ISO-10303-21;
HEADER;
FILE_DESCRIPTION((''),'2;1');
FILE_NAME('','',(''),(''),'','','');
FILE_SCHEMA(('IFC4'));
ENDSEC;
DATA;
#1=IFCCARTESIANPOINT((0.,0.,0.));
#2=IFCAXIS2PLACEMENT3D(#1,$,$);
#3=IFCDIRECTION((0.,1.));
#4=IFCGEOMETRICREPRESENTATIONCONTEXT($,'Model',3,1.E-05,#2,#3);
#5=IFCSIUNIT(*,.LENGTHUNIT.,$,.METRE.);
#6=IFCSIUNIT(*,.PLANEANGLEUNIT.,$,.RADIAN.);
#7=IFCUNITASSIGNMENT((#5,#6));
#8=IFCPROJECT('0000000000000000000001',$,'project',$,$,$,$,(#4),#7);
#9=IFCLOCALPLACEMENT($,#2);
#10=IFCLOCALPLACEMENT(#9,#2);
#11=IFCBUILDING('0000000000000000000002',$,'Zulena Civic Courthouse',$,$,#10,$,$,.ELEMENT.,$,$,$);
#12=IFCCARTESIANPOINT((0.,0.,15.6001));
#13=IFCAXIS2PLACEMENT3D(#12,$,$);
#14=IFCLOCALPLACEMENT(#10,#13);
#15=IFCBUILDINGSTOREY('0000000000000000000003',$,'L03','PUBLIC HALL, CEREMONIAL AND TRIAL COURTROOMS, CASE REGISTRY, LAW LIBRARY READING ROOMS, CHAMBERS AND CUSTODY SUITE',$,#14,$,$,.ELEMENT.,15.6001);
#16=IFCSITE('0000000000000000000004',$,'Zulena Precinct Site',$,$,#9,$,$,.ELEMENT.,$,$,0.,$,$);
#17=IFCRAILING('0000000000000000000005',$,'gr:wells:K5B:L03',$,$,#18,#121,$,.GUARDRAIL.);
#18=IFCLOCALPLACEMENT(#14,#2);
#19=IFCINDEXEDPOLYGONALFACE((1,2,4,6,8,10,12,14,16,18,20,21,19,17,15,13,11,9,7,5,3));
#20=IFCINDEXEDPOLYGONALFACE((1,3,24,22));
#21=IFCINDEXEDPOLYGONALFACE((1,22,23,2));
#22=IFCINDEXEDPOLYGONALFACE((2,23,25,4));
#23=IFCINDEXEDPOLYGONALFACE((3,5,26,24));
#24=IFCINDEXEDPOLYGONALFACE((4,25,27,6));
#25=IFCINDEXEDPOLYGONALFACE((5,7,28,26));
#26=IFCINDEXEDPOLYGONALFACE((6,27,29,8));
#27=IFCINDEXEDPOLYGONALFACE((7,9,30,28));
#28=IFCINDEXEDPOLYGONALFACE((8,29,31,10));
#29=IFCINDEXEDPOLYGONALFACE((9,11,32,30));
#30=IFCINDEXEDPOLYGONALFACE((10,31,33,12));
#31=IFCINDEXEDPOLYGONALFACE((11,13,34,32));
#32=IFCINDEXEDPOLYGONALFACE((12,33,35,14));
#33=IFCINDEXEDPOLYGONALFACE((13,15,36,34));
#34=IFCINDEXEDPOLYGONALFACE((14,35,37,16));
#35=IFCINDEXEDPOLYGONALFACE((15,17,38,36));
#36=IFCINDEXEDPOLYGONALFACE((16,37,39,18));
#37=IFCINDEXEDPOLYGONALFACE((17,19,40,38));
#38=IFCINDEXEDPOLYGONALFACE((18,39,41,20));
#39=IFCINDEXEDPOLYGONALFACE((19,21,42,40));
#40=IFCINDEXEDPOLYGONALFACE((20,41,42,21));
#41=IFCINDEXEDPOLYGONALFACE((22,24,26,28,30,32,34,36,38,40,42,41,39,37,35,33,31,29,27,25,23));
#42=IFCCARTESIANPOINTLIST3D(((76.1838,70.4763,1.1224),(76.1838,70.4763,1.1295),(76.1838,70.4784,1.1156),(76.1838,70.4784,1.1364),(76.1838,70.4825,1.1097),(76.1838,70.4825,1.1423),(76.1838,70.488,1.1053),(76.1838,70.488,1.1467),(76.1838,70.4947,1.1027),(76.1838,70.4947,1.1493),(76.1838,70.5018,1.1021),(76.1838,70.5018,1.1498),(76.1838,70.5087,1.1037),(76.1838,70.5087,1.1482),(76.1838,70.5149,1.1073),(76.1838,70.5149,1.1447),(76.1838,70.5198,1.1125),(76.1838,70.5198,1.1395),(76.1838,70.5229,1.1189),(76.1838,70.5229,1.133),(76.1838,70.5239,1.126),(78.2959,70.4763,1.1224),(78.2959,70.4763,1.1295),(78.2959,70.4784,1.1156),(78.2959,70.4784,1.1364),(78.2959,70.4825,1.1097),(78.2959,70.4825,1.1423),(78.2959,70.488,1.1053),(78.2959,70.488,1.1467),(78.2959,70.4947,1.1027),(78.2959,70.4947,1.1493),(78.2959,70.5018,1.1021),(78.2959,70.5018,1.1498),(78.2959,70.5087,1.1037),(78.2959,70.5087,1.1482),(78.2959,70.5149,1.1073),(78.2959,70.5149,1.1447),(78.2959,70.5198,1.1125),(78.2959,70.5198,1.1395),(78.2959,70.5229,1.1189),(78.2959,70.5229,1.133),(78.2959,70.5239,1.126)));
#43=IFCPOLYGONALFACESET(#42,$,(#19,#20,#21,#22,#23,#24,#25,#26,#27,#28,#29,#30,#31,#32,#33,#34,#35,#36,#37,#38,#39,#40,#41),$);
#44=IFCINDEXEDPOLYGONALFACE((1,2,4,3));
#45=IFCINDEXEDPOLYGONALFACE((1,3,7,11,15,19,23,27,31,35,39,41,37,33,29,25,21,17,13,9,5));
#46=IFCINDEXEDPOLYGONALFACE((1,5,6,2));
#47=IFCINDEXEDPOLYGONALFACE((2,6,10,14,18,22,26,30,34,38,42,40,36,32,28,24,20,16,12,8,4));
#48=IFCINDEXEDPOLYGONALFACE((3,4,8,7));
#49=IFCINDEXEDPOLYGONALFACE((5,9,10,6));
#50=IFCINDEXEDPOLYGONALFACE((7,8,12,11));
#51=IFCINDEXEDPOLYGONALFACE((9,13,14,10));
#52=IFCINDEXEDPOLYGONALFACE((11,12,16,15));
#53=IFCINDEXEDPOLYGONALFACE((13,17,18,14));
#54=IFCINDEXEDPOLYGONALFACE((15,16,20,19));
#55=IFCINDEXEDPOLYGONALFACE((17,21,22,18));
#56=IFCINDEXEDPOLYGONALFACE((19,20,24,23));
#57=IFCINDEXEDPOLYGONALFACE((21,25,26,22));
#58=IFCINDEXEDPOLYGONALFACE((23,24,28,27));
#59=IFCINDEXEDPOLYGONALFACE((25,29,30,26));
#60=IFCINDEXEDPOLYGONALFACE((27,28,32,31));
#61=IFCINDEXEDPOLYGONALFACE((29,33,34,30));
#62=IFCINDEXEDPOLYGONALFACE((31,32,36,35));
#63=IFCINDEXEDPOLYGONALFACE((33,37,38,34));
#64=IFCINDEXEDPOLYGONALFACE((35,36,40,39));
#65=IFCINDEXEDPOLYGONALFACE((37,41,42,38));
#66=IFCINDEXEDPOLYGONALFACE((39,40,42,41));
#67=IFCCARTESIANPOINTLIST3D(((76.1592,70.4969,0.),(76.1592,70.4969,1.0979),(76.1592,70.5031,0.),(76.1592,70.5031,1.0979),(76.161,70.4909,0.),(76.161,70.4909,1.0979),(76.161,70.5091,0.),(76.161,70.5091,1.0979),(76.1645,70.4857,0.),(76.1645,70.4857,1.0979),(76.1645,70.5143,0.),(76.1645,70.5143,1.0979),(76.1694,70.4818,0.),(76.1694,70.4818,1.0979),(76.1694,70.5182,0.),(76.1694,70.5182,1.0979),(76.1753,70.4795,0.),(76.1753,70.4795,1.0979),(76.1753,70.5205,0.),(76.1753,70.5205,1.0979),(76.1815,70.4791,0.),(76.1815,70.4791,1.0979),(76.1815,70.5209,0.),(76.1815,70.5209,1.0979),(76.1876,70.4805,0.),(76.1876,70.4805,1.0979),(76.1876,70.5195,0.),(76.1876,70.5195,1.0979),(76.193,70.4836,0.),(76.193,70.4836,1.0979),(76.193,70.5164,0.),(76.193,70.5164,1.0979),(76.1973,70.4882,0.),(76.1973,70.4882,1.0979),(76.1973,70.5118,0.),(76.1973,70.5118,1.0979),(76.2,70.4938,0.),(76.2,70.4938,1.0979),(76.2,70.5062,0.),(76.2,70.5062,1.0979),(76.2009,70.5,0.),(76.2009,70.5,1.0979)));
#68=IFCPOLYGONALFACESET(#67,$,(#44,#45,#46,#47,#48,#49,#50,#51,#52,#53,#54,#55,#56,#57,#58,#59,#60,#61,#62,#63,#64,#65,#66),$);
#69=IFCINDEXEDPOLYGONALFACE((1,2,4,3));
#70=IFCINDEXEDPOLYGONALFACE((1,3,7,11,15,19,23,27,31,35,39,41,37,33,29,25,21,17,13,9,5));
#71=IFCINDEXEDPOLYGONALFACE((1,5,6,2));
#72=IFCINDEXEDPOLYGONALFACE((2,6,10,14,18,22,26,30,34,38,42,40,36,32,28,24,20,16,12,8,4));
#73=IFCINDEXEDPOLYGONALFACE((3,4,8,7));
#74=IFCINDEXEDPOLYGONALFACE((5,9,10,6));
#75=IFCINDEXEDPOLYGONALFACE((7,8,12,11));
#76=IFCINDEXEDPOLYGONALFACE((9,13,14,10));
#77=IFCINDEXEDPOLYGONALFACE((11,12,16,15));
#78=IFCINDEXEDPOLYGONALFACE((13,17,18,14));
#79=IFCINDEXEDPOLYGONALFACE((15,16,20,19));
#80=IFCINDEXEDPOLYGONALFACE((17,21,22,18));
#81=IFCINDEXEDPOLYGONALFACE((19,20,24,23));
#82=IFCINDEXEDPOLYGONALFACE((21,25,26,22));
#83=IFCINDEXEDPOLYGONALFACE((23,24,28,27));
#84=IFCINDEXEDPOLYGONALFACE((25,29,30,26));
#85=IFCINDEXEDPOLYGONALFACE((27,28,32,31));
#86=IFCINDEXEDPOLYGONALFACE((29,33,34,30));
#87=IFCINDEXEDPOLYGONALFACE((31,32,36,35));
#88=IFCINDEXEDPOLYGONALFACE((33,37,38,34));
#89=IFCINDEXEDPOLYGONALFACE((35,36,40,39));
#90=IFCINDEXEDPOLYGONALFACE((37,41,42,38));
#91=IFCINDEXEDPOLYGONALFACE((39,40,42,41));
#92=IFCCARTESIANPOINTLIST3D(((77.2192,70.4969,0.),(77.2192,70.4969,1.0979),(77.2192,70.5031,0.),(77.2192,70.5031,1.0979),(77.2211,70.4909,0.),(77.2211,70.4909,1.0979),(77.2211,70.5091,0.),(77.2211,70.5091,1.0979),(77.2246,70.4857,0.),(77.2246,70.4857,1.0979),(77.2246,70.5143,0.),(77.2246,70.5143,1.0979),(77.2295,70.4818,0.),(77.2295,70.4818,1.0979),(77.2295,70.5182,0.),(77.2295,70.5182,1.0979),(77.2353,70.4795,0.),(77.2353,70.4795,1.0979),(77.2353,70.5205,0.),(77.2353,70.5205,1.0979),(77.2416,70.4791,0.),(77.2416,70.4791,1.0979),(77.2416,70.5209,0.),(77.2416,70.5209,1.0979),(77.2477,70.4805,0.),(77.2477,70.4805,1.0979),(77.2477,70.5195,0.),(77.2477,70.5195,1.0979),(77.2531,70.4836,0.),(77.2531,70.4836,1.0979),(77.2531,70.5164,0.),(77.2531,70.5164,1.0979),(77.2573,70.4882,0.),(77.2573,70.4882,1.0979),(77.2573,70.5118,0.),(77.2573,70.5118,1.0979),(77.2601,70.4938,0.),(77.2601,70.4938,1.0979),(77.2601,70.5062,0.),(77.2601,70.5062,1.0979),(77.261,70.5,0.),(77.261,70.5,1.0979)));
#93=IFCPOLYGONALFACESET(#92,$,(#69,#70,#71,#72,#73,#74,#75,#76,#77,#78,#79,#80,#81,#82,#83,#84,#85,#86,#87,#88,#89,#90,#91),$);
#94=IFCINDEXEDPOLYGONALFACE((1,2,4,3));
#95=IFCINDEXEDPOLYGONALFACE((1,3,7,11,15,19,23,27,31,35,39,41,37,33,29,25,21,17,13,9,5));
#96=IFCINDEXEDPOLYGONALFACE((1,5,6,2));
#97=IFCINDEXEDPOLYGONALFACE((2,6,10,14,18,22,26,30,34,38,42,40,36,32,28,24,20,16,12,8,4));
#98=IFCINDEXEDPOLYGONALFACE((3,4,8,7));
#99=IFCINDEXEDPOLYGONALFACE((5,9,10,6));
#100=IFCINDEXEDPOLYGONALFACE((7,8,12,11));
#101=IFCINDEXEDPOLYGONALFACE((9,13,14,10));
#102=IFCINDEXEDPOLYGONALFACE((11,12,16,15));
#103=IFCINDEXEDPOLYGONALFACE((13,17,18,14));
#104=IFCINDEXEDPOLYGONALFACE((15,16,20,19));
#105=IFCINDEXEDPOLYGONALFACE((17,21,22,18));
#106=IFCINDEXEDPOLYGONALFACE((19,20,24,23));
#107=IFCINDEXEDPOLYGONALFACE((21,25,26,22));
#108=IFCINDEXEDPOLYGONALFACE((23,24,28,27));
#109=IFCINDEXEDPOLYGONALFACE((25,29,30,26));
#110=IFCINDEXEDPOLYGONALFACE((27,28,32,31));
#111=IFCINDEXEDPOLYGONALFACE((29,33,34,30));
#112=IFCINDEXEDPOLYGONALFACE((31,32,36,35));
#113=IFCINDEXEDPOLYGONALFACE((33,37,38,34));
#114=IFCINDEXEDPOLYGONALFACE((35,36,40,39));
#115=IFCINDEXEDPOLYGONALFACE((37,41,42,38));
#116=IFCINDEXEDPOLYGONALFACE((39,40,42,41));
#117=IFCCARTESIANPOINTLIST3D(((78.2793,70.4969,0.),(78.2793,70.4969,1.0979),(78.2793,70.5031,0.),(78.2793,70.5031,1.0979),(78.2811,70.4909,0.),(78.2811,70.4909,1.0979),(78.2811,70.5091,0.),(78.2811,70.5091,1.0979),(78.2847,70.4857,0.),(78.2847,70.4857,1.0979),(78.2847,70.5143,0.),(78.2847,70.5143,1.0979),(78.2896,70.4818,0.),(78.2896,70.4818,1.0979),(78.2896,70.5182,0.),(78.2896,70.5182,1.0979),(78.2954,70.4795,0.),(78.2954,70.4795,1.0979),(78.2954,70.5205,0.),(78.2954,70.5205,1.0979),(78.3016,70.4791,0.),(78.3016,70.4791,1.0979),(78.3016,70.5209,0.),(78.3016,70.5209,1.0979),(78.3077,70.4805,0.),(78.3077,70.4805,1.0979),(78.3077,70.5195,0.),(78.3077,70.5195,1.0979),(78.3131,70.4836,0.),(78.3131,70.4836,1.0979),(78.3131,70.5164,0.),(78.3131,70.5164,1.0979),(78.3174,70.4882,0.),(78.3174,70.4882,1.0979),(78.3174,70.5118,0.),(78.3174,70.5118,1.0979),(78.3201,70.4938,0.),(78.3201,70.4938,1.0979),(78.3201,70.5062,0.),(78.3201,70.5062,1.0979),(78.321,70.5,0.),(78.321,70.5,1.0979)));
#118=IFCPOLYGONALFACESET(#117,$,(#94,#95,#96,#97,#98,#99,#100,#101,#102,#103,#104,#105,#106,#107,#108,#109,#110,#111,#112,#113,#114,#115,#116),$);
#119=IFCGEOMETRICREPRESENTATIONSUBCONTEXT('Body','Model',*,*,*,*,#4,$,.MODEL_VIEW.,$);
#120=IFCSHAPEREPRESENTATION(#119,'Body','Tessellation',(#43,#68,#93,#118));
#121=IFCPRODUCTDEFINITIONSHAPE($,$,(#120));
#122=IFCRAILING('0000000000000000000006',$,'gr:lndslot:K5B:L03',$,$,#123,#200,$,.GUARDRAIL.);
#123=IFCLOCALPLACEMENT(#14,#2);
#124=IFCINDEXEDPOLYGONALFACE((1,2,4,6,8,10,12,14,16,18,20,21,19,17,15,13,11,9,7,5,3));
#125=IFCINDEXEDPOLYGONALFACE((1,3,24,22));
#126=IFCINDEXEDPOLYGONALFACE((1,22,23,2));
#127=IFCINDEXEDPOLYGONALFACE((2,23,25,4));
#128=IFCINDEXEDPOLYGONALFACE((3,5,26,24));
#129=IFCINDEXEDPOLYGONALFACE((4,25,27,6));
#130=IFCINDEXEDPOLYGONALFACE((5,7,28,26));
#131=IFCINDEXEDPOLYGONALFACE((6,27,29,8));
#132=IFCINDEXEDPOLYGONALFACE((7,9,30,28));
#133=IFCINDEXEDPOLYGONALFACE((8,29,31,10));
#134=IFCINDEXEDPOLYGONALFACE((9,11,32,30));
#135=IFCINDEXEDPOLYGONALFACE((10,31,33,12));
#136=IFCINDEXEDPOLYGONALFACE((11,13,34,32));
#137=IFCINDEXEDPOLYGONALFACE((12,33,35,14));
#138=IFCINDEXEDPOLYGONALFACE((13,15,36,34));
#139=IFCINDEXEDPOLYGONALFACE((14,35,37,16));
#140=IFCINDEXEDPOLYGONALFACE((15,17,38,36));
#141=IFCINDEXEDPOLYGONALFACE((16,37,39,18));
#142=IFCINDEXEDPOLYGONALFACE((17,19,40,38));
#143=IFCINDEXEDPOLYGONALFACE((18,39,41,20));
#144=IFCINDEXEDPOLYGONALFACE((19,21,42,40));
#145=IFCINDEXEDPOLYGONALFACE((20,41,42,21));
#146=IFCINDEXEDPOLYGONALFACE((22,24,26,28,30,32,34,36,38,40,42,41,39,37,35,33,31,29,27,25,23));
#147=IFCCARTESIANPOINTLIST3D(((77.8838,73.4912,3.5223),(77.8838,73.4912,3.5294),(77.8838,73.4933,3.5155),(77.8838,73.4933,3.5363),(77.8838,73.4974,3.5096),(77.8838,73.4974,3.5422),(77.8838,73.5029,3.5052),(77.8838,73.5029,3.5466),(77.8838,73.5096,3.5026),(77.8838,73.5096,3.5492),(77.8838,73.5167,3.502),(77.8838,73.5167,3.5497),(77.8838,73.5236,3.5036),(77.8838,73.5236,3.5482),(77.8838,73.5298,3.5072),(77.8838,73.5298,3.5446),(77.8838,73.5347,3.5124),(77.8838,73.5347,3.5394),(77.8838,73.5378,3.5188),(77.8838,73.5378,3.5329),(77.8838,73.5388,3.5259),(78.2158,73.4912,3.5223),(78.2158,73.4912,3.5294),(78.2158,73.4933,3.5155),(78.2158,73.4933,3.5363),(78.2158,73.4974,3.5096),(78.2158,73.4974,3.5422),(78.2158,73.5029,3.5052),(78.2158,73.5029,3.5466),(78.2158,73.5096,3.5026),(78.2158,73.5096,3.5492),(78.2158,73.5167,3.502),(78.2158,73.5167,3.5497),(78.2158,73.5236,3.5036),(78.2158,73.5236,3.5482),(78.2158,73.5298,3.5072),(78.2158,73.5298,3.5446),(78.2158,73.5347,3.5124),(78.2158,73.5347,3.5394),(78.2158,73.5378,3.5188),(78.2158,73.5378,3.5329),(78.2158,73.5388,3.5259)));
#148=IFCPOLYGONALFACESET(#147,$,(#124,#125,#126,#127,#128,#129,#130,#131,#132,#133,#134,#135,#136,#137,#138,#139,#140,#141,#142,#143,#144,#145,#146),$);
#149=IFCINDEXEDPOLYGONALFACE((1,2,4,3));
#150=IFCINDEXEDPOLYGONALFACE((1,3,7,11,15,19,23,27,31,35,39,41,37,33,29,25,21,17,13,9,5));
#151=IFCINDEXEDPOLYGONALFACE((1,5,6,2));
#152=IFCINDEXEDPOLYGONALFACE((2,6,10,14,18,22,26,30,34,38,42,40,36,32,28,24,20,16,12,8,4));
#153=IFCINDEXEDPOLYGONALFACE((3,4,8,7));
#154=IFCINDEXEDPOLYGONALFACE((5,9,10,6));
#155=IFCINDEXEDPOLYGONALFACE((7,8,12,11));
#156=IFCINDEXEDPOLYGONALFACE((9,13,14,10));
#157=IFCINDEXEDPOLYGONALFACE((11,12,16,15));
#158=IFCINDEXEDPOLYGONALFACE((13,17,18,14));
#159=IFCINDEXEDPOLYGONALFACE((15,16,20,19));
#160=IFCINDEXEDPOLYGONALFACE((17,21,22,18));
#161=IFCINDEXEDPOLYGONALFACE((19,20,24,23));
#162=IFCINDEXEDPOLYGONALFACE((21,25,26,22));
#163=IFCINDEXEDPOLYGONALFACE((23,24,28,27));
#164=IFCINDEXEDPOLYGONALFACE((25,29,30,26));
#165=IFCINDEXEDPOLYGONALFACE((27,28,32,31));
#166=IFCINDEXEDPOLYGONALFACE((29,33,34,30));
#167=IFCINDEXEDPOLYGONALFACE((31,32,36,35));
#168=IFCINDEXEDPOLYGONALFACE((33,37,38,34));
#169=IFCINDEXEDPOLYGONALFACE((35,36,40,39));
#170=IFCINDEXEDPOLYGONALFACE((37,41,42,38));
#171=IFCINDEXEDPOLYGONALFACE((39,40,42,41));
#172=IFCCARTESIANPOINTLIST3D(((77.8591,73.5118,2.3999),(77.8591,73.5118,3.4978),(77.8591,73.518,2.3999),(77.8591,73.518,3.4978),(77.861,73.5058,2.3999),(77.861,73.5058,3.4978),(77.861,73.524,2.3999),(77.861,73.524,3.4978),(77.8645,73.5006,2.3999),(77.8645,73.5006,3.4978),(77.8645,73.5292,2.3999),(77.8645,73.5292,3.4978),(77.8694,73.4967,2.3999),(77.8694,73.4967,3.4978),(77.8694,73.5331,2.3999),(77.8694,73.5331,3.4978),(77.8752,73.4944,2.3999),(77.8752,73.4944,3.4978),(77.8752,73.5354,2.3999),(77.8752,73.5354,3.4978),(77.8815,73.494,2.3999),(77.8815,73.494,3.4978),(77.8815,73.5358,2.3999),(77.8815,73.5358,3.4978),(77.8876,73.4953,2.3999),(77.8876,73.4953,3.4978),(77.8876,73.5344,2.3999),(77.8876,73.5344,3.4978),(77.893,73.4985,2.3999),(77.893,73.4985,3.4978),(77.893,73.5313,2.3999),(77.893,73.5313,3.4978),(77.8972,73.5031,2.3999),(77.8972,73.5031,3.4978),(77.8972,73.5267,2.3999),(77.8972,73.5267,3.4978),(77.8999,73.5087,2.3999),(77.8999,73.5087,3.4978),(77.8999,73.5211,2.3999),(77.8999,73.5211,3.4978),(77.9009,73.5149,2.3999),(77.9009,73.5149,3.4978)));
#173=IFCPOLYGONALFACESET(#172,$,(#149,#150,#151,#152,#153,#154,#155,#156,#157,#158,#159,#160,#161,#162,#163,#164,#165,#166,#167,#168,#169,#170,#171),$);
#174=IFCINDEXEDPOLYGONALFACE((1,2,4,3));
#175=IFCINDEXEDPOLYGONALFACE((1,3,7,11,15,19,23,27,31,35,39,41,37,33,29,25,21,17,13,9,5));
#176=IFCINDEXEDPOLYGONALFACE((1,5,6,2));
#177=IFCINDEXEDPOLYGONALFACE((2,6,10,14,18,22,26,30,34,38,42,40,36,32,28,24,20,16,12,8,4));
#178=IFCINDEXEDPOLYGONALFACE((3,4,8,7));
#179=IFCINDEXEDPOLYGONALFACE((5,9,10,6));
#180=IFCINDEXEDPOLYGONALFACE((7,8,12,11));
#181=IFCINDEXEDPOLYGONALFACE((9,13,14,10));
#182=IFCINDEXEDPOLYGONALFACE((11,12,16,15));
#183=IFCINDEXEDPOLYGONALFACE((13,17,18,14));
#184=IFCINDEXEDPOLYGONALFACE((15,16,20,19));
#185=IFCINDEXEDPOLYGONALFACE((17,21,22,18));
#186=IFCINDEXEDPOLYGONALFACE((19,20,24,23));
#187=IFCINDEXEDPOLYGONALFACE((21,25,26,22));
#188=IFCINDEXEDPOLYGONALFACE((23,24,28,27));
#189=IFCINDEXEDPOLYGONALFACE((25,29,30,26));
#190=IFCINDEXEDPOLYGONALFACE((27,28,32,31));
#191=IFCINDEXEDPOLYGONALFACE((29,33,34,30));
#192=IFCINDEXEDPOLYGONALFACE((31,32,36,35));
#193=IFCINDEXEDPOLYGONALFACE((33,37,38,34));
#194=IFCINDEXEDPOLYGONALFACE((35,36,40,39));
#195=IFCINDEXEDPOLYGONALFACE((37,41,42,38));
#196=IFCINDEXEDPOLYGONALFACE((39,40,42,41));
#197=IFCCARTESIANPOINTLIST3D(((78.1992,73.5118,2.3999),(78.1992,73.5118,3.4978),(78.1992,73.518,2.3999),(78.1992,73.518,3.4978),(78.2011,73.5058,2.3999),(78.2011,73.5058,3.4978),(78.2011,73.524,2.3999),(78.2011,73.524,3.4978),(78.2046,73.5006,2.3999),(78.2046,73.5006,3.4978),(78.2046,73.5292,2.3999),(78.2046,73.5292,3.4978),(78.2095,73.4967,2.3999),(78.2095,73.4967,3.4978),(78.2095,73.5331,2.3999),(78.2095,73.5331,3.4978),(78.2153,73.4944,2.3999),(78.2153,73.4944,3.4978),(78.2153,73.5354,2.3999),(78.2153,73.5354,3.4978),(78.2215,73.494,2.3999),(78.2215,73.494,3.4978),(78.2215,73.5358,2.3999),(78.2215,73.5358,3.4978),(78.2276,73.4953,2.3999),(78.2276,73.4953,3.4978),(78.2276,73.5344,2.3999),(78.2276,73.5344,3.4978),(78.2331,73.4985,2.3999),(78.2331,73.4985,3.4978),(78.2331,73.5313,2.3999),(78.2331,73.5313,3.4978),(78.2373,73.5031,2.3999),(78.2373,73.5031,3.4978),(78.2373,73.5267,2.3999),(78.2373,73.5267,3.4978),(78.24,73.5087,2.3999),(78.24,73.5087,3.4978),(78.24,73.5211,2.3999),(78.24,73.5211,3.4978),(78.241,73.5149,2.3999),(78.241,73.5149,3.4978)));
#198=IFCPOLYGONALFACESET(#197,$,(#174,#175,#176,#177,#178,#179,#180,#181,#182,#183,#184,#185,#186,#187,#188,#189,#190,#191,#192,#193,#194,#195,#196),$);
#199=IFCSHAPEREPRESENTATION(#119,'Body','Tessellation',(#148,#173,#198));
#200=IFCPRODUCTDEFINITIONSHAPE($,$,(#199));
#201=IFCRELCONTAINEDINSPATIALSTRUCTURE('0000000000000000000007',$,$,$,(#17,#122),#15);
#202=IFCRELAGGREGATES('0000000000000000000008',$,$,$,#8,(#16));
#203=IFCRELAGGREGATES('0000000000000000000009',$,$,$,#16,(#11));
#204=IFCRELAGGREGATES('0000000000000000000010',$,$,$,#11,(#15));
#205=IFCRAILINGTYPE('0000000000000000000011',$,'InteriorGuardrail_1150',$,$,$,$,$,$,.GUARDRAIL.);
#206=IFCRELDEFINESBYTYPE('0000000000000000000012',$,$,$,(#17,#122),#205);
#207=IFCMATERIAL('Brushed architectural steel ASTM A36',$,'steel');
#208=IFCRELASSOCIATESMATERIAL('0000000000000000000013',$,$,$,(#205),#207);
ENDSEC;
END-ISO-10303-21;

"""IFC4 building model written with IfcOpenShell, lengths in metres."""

from ifc_helpers import new_model, si_unit, direction, frame, origin, origin_2d, place, context, subcontext, project, spatial, circle, extrude, material, type_object, element, save


model = new_model("IFC4")

# Units and contexts
model_context = context("Model", 3, precision=1e-05, world=origin(), true_north=direction((0.0, 1.0)))
body_context = subcontext(model_context, "Body", "Model", "MODEL_VIEW")
ifc_project = project(units=[si_unit("LENGTHUNIT", "METRE"), si_unit("PLANEANGLEUNIT", "RADIAN")], contexts=[model_context])

# Site, building, storey
site_placement = place(None, origin())
site = spatial("IfcSite", under=ifc_project, at=site_placement, Name="Zulena Precinct Site", CompositionType="ELEMENT", RefElevation=0.0)
building_placement = place(site_placement, origin())
building = spatial("IfcBuilding", under=site, at=building_placement, Name="Zulena Civic Courthouse", CompositionType="ELEMENT")
storey_placement = place(building_placement, frame((0.0, 0.0, 15.6001)))
storey = spatial("IfcBuildingStorey", under=building, at=storey_placement, Name="L03", Description="PUBLIC HALL, CEREMONIAL AND TRIAL COURTROOMS, CASE REGISTRY, LAW LIBRARY READING ROOMS, CHAMBERS AND CUSTODY SUITE", CompositionType="ELEMENT", Elevation=15.6001)

# Railings
ifc_material_1 = material(Name="Brushed architectural steel ASTM A36", Category="steel")
railing_type_1 = type_object("IfcRailingType", Name="InteriorGuardrail_1150", PredefinedType="GUARDRAIL", material=ifc_material_1)
railing_1_placement = place(storey_placement, frame((76.1799, 70.5, 0.0)))
element("IfcRailing", 1, at=railing_1_placement, inside=storey, type_object=railing_type_1, Name="gr:wells:K5B:L03", PredefinedType="GUARDRAIL", context=body_context, shape_type="SweptSolid", body=[
    extrude(circle(Radius=0.0239, at=origin_2d()), frame((0.0039, 0.0, 1.126), z_axis=(1.0, 0.0, 0.0), x_axis=(0.0, 1.0, 0.0)), (0.0, 0.0, 1.0), 2.1121),
    extrude(circle(Radius=0.021, at=origin_2d()), origin(), (0.0, 0.0, 1.0), 1.0979),
    extrude(circle(Radius=0.021, at=origin_2d()), frame((1.0601, 0.0, 0.0)), (0.0, 0.0, 1.0), 1.0979),
    extrude(circle(Radius=0.021, at=origin_2d()), frame((2.1201, 0.0, 0.0)), (0.0, 0.0, 1.0), 1.0979),
])
railing_2_placement = place(storey_placement, frame((77.8799, 73.5149, 2.3999)))
element("IfcRailing", 2, at=railing_2_placement, inside=storey, type_object=railing_type_1, Name="gr:lndslot:K5B:L03", PredefinedType="GUARDRAIL", context=body_context, shape_type="SweptSolid", body=[
    extrude(circle(Radius=0.0239, at=origin_2d()), frame((0.0039, 0.0, 1.126), z_axis=(1.0, 0.0, 0.0), x_axis=(0.0, 1.0, 0.0)), (0.0, 0.0, 1.0), 0.332),
    extrude(circle(Radius=0.021, at=origin_2d()), origin(), (0.0, 0.0, 1.0), 1.0979),
    extrude(circle(Radius=0.021, at=origin_2d()), frame((0.3401, 0.0, 0.0)), (0.0, 0.0, 1.0), 1.0979),
])

save(model, "model.ifc")
